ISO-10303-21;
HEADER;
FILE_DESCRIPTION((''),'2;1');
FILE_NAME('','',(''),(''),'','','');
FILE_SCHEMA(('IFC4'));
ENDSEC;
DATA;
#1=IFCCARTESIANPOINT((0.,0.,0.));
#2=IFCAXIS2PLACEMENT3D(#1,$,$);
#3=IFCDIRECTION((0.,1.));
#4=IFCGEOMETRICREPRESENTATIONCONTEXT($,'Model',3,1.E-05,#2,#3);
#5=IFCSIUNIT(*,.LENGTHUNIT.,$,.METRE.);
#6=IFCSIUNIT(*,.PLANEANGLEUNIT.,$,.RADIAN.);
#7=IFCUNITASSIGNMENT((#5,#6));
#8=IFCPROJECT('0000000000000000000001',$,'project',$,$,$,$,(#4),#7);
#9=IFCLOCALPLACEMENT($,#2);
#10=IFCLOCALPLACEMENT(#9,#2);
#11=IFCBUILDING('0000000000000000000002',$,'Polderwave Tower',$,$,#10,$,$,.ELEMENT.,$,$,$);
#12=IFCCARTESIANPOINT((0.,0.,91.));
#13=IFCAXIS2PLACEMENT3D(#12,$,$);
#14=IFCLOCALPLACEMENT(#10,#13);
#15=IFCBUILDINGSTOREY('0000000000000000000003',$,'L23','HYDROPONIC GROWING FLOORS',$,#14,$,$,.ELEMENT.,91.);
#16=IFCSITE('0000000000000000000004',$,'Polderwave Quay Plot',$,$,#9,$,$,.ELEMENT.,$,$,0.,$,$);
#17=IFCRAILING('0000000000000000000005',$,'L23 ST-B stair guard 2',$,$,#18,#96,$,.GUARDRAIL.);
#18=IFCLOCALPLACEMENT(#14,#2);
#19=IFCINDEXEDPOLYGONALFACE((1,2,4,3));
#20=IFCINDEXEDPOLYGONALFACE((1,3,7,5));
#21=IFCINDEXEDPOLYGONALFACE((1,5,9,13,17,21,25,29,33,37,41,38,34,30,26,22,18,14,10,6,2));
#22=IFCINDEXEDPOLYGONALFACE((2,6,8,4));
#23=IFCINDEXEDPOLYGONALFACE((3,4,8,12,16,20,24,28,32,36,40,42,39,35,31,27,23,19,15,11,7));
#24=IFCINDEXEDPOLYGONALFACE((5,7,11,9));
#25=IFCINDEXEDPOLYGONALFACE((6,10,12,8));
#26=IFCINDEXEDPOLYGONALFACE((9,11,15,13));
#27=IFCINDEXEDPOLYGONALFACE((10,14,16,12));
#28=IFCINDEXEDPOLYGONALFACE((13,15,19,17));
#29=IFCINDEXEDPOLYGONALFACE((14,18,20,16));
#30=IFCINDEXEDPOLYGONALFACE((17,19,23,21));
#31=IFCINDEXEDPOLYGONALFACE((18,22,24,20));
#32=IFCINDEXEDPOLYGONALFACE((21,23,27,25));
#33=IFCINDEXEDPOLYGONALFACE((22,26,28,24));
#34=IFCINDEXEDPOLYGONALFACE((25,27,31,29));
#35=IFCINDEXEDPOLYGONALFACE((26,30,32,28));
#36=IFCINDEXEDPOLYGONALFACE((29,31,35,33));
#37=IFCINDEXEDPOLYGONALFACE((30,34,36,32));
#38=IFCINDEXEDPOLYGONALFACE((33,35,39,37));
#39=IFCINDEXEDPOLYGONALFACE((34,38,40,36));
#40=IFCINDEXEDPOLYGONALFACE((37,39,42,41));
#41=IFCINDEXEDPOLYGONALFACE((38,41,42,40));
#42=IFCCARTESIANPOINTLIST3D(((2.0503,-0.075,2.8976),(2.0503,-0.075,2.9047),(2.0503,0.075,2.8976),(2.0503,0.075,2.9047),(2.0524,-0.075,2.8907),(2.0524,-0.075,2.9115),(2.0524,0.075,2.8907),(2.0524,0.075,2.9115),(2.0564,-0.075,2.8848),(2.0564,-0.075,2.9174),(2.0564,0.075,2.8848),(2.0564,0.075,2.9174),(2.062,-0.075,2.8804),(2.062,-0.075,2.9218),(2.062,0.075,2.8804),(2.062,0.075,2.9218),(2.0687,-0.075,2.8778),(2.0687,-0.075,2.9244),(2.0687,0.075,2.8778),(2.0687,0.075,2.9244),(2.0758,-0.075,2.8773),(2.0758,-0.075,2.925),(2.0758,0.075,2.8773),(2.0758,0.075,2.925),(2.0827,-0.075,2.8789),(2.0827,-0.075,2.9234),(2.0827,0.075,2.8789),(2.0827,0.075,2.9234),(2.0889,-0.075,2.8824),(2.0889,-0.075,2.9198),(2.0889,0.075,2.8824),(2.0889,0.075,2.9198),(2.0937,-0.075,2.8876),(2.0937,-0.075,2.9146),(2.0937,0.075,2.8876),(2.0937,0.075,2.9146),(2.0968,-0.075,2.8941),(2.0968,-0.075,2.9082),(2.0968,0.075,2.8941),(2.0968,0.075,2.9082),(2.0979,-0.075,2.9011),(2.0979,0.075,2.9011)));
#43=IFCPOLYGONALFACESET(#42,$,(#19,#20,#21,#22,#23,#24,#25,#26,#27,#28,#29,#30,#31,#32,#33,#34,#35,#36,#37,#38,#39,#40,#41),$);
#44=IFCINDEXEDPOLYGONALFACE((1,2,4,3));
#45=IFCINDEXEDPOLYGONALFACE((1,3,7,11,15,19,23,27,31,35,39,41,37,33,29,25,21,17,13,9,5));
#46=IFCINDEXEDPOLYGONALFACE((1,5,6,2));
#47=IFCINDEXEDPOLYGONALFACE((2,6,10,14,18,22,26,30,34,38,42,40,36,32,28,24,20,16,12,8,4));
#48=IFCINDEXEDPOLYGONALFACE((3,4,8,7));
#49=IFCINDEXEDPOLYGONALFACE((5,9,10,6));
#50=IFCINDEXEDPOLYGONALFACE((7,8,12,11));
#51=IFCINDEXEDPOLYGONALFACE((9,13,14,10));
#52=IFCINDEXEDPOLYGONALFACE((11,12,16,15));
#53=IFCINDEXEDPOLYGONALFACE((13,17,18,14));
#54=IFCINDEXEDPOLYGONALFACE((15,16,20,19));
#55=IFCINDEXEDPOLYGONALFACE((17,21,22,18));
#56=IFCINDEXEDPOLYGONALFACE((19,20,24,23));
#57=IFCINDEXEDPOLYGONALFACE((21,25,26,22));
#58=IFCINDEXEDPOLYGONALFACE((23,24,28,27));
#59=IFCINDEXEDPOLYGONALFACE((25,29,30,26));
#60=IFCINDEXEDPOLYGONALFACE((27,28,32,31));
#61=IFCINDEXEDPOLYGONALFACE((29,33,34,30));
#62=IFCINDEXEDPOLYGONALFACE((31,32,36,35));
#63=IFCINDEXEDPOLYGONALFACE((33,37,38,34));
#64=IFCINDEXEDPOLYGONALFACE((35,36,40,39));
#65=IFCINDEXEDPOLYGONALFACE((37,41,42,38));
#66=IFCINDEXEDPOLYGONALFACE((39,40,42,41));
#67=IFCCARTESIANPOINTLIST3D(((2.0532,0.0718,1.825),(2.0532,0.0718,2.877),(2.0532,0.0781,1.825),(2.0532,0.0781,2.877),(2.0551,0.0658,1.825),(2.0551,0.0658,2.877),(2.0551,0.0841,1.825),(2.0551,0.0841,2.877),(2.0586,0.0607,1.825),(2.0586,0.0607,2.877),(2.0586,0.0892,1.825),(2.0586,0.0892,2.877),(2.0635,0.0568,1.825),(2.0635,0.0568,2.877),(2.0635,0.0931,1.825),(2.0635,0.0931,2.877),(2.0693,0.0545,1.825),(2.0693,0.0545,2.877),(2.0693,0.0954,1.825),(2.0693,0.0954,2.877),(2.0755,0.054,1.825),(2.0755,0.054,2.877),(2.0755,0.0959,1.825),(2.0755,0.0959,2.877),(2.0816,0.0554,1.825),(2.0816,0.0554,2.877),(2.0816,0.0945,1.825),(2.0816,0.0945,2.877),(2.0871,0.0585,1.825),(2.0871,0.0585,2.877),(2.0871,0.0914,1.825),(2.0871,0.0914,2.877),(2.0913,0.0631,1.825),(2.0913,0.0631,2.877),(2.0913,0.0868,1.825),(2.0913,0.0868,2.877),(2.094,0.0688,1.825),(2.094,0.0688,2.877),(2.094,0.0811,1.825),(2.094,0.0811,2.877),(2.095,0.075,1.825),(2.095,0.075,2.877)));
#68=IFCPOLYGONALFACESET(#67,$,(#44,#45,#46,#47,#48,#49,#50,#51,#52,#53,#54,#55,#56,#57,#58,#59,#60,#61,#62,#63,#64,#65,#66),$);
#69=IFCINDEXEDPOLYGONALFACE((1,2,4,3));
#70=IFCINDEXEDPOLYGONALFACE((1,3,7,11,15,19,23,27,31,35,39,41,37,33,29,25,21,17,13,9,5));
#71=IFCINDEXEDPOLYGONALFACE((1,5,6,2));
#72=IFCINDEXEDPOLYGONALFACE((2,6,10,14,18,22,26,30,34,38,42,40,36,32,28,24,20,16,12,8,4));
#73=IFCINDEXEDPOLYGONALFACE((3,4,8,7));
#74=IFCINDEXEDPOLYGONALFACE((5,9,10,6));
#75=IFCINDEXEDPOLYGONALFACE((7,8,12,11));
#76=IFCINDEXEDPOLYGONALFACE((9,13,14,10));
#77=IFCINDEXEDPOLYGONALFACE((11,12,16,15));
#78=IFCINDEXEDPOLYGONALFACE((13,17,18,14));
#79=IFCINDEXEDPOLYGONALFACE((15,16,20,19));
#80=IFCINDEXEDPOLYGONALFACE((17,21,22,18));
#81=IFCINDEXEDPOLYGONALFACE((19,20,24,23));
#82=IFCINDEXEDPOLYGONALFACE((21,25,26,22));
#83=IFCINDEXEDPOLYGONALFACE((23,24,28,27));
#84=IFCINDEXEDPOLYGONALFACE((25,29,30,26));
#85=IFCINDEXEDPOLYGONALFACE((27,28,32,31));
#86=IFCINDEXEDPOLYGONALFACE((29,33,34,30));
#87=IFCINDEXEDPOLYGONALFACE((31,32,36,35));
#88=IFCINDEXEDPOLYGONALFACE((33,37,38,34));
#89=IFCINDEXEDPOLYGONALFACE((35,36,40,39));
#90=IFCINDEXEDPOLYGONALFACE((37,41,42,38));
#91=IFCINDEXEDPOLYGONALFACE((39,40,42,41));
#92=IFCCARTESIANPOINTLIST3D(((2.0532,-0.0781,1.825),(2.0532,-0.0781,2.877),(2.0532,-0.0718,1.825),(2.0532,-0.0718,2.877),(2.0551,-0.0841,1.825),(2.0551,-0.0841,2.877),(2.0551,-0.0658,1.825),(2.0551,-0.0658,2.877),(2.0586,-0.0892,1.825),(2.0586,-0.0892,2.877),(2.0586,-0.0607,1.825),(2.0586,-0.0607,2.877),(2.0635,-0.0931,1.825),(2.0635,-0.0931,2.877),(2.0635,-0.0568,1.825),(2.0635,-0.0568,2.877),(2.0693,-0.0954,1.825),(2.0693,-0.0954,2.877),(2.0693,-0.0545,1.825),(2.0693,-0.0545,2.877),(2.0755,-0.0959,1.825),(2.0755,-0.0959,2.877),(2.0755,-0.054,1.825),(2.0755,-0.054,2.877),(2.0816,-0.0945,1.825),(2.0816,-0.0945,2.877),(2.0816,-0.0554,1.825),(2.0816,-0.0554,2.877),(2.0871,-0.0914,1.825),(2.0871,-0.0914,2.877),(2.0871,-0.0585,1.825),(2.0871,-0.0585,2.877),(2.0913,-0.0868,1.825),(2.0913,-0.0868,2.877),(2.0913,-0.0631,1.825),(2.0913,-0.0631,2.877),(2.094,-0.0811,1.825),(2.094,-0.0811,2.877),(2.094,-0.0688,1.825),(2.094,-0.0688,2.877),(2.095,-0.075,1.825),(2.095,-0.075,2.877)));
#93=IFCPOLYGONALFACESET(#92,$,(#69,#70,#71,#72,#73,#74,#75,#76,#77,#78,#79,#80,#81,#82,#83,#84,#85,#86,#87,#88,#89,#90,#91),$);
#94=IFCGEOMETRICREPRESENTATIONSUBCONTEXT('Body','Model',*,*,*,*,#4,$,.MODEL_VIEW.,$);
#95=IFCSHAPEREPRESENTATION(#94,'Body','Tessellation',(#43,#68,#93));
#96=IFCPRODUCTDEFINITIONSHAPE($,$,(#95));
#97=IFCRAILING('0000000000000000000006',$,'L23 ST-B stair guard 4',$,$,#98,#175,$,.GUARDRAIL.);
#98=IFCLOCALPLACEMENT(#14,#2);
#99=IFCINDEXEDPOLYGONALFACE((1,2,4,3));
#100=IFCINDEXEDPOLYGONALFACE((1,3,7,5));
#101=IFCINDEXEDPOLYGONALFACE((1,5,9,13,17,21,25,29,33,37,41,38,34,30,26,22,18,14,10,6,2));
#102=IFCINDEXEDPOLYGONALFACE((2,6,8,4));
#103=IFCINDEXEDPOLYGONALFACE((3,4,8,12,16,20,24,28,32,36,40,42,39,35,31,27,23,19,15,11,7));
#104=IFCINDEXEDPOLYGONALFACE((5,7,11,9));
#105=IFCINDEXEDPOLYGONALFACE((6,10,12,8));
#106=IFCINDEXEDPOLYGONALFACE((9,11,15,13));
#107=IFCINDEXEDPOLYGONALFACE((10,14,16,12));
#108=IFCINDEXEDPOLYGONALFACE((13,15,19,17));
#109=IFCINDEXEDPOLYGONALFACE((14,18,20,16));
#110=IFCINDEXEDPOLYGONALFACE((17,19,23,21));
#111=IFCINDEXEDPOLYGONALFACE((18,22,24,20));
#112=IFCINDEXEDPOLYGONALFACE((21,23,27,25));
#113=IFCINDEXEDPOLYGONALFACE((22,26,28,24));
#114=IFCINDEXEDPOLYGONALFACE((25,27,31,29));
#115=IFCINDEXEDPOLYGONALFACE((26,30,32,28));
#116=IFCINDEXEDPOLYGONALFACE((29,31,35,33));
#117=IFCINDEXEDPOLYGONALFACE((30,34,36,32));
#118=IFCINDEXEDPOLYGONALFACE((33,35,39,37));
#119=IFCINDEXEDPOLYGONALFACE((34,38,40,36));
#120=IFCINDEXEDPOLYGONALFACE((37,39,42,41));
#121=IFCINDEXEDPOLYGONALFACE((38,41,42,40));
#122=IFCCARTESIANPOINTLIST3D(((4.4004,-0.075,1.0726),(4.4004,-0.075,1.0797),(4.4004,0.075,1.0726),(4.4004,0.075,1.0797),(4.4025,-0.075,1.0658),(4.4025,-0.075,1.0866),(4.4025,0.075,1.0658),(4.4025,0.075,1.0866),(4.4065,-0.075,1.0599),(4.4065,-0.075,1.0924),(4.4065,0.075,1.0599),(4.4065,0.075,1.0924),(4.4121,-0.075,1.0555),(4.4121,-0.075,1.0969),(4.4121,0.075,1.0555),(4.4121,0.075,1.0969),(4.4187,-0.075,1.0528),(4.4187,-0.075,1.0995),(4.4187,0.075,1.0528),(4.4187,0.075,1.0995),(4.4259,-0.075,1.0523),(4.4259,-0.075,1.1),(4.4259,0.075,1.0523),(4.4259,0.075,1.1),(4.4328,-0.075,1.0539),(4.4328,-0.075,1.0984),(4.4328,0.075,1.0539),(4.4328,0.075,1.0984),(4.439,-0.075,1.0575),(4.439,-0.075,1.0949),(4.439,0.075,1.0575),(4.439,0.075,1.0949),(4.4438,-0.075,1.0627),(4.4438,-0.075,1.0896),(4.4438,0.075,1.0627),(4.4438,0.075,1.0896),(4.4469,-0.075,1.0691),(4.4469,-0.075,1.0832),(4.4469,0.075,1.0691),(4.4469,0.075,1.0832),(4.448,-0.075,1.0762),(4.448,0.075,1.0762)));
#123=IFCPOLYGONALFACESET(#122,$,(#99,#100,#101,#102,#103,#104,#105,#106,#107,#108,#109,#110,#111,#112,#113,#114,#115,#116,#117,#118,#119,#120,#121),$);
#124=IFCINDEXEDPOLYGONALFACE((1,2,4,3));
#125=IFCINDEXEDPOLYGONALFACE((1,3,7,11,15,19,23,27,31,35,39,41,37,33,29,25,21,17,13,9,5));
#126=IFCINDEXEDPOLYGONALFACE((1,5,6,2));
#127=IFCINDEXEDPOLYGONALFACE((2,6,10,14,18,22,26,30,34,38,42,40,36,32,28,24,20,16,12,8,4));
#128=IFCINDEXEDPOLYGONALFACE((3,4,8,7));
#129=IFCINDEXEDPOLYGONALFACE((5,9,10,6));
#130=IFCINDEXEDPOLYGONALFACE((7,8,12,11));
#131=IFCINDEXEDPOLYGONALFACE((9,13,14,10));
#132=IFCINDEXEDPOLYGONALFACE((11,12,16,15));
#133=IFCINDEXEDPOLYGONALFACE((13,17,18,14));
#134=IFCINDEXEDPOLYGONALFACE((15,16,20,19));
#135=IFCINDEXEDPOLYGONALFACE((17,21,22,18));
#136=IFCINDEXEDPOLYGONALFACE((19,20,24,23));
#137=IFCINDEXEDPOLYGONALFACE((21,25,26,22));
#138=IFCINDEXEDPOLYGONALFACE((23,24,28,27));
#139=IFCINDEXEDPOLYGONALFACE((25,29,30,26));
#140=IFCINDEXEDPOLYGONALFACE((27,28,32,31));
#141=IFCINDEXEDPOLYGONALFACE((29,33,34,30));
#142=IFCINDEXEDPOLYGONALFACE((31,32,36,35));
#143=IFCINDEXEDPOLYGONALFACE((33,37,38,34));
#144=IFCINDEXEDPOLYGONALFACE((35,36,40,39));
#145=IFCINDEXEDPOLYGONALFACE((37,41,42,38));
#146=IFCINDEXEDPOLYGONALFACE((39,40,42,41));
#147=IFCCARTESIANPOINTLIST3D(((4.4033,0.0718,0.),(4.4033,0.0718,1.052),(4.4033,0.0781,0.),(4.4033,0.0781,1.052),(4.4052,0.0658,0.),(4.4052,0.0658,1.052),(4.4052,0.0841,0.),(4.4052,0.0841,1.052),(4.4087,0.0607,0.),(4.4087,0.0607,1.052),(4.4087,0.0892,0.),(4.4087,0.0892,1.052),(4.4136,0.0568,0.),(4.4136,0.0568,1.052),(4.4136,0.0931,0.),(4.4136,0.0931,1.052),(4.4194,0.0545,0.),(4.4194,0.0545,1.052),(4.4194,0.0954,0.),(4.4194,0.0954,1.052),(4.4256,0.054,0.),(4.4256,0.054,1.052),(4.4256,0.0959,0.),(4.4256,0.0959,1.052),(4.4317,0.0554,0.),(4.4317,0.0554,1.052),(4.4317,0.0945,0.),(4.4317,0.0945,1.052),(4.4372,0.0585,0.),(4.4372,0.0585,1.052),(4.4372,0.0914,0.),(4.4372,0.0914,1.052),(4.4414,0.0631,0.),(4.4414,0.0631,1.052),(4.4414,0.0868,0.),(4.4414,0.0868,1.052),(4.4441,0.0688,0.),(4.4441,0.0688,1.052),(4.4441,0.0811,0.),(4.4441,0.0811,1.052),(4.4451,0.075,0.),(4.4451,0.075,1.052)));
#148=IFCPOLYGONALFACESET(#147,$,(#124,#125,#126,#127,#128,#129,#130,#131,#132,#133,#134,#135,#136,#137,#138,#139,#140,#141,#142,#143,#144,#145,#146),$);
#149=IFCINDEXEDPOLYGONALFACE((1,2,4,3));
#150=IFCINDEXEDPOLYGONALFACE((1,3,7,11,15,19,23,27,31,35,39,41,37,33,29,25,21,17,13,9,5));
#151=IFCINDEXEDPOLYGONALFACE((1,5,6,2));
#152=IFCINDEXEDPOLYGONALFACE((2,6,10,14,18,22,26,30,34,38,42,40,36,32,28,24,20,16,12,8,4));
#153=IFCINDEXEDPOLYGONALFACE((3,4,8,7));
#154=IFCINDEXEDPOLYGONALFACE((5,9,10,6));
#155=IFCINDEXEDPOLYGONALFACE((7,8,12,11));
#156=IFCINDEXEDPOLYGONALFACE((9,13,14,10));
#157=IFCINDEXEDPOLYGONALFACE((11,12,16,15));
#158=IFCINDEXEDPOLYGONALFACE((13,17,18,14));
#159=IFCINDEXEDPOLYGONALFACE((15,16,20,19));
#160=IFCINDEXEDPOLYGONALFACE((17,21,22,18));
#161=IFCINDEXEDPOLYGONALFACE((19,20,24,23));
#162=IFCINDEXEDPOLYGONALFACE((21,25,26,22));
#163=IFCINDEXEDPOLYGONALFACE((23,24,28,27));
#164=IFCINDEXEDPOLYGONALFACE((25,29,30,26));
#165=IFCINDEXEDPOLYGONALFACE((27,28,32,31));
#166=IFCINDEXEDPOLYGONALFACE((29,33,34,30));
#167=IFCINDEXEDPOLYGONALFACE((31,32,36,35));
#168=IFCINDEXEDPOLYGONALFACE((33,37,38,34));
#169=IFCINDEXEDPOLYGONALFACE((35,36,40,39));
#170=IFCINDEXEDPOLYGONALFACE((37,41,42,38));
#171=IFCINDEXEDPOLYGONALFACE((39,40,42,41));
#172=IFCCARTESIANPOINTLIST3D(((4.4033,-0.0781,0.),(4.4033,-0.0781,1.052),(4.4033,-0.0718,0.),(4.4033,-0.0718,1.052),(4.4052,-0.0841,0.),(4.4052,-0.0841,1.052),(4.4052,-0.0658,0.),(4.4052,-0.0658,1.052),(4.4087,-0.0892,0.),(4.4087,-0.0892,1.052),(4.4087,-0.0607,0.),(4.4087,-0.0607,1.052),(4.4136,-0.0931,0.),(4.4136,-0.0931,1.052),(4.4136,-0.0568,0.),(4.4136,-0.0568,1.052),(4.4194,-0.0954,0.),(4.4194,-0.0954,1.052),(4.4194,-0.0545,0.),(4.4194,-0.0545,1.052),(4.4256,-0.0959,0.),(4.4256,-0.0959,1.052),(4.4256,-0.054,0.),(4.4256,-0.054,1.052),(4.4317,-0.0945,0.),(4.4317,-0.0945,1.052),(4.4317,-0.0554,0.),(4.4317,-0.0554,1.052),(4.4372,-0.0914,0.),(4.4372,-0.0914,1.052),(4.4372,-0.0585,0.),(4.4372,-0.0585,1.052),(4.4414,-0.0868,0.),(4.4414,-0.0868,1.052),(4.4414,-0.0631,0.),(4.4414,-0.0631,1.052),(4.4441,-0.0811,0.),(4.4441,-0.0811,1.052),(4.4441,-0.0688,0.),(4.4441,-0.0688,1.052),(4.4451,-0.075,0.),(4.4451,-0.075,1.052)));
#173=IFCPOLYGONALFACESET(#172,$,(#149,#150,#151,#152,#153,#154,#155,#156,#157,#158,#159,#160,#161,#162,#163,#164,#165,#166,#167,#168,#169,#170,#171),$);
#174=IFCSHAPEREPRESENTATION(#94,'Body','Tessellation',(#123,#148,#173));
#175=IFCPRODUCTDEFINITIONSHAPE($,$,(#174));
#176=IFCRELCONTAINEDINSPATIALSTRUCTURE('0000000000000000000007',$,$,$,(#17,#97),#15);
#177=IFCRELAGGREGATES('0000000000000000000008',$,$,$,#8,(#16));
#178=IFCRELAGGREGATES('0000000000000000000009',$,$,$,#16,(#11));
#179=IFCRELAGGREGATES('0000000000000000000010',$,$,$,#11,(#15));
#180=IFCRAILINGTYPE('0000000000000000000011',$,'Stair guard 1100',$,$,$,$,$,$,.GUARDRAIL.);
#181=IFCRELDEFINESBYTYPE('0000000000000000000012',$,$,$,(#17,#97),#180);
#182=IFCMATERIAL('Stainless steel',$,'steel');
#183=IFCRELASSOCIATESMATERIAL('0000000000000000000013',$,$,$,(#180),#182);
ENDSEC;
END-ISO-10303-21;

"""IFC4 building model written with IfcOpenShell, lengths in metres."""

from ifc_helpers import new_model, si_unit, direction, frame, origin, origin_2d, place, context, subcontext, project, spatial, circle, extrude, material, type_object, element, save


model = new_model("IFC4")

# Units and contexts
model_context = context("Model", 3, precision=1e-05, world=origin(), true_north=direction((0.0, 1.0)))
body_context = subcontext(model_context, "Body", "Model", "MODEL_VIEW")
ifc_project = project(units=[si_unit("LENGTHUNIT", "METRE"), si_unit("PLANEANGLEUNIT", "RADIAN")], contexts=[model_context])

# Site, building, storey
site_placement = place(None, origin())
site = spatial("IfcSite", under=ifc_project, at=site_placement, Name="Polderwave Quay Plot", CompositionType="ELEMENT", RefElevation=0.0)
building_placement = place(site_placement, origin())
building = spatial("IfcBuilding", under=site, at=building_placement, Name="Polderwave Tower", CompositionType="ELEMENT")
storey_placement = place(building_placement, frame((0.0, 0.0, 91.0)))
storey = spatial("IfcBuildingStorey", under=building, at=storey_placement, Name="L23", Description="HYDROPONIC GROWING FLOORS", CompositionType="ELEMENT", Elevation=91.0)

# Railings
ifc_material_1 = material(Name="Stainless steel", Category="steel")
railing_type_1 = type_object("IfcRailingType", Name="Stair guard 1100", PredefinedType="GUARDRAIL", material=ifc_material_1)
for number, where, name in (
    (1, (2.074, 0.075, 1.825), "L23 ST-B stair guard 2"),
    (2, (4.4241, 0.075, 0.0), "L23 ST-B stair guard 4"),
):
    element("IfcRailing", number, at=place(storey_placement, frame(where)), inside=storey, type_object=railing_type_1, Name=name, PredefinedType="GUARDRAIL", context=body_context, shape_type="SweptSolid", body=[
        extrude(circle(Radius=0.0239, at=origin_2d()), frame((0.0, 0.0, 1.0762), z_axis=(0.0, -1.0, 0.0), x_axis=(1.0, 0.0, 0.0)), (0.0, 0.0, 1.0), 0.1499),
        extrude(circle(Radius=0.021, at=origin_2d()), origin(), (0.0, 0.0, 1.0), 1.052),
        extrude(circle(Radius=0.021, at=origin_2d()), frame((0.0, -0.1499, 0.0)), (0.0, 0.0, 1.0), 1.052),
    ])

save(model, "model.ifc")
